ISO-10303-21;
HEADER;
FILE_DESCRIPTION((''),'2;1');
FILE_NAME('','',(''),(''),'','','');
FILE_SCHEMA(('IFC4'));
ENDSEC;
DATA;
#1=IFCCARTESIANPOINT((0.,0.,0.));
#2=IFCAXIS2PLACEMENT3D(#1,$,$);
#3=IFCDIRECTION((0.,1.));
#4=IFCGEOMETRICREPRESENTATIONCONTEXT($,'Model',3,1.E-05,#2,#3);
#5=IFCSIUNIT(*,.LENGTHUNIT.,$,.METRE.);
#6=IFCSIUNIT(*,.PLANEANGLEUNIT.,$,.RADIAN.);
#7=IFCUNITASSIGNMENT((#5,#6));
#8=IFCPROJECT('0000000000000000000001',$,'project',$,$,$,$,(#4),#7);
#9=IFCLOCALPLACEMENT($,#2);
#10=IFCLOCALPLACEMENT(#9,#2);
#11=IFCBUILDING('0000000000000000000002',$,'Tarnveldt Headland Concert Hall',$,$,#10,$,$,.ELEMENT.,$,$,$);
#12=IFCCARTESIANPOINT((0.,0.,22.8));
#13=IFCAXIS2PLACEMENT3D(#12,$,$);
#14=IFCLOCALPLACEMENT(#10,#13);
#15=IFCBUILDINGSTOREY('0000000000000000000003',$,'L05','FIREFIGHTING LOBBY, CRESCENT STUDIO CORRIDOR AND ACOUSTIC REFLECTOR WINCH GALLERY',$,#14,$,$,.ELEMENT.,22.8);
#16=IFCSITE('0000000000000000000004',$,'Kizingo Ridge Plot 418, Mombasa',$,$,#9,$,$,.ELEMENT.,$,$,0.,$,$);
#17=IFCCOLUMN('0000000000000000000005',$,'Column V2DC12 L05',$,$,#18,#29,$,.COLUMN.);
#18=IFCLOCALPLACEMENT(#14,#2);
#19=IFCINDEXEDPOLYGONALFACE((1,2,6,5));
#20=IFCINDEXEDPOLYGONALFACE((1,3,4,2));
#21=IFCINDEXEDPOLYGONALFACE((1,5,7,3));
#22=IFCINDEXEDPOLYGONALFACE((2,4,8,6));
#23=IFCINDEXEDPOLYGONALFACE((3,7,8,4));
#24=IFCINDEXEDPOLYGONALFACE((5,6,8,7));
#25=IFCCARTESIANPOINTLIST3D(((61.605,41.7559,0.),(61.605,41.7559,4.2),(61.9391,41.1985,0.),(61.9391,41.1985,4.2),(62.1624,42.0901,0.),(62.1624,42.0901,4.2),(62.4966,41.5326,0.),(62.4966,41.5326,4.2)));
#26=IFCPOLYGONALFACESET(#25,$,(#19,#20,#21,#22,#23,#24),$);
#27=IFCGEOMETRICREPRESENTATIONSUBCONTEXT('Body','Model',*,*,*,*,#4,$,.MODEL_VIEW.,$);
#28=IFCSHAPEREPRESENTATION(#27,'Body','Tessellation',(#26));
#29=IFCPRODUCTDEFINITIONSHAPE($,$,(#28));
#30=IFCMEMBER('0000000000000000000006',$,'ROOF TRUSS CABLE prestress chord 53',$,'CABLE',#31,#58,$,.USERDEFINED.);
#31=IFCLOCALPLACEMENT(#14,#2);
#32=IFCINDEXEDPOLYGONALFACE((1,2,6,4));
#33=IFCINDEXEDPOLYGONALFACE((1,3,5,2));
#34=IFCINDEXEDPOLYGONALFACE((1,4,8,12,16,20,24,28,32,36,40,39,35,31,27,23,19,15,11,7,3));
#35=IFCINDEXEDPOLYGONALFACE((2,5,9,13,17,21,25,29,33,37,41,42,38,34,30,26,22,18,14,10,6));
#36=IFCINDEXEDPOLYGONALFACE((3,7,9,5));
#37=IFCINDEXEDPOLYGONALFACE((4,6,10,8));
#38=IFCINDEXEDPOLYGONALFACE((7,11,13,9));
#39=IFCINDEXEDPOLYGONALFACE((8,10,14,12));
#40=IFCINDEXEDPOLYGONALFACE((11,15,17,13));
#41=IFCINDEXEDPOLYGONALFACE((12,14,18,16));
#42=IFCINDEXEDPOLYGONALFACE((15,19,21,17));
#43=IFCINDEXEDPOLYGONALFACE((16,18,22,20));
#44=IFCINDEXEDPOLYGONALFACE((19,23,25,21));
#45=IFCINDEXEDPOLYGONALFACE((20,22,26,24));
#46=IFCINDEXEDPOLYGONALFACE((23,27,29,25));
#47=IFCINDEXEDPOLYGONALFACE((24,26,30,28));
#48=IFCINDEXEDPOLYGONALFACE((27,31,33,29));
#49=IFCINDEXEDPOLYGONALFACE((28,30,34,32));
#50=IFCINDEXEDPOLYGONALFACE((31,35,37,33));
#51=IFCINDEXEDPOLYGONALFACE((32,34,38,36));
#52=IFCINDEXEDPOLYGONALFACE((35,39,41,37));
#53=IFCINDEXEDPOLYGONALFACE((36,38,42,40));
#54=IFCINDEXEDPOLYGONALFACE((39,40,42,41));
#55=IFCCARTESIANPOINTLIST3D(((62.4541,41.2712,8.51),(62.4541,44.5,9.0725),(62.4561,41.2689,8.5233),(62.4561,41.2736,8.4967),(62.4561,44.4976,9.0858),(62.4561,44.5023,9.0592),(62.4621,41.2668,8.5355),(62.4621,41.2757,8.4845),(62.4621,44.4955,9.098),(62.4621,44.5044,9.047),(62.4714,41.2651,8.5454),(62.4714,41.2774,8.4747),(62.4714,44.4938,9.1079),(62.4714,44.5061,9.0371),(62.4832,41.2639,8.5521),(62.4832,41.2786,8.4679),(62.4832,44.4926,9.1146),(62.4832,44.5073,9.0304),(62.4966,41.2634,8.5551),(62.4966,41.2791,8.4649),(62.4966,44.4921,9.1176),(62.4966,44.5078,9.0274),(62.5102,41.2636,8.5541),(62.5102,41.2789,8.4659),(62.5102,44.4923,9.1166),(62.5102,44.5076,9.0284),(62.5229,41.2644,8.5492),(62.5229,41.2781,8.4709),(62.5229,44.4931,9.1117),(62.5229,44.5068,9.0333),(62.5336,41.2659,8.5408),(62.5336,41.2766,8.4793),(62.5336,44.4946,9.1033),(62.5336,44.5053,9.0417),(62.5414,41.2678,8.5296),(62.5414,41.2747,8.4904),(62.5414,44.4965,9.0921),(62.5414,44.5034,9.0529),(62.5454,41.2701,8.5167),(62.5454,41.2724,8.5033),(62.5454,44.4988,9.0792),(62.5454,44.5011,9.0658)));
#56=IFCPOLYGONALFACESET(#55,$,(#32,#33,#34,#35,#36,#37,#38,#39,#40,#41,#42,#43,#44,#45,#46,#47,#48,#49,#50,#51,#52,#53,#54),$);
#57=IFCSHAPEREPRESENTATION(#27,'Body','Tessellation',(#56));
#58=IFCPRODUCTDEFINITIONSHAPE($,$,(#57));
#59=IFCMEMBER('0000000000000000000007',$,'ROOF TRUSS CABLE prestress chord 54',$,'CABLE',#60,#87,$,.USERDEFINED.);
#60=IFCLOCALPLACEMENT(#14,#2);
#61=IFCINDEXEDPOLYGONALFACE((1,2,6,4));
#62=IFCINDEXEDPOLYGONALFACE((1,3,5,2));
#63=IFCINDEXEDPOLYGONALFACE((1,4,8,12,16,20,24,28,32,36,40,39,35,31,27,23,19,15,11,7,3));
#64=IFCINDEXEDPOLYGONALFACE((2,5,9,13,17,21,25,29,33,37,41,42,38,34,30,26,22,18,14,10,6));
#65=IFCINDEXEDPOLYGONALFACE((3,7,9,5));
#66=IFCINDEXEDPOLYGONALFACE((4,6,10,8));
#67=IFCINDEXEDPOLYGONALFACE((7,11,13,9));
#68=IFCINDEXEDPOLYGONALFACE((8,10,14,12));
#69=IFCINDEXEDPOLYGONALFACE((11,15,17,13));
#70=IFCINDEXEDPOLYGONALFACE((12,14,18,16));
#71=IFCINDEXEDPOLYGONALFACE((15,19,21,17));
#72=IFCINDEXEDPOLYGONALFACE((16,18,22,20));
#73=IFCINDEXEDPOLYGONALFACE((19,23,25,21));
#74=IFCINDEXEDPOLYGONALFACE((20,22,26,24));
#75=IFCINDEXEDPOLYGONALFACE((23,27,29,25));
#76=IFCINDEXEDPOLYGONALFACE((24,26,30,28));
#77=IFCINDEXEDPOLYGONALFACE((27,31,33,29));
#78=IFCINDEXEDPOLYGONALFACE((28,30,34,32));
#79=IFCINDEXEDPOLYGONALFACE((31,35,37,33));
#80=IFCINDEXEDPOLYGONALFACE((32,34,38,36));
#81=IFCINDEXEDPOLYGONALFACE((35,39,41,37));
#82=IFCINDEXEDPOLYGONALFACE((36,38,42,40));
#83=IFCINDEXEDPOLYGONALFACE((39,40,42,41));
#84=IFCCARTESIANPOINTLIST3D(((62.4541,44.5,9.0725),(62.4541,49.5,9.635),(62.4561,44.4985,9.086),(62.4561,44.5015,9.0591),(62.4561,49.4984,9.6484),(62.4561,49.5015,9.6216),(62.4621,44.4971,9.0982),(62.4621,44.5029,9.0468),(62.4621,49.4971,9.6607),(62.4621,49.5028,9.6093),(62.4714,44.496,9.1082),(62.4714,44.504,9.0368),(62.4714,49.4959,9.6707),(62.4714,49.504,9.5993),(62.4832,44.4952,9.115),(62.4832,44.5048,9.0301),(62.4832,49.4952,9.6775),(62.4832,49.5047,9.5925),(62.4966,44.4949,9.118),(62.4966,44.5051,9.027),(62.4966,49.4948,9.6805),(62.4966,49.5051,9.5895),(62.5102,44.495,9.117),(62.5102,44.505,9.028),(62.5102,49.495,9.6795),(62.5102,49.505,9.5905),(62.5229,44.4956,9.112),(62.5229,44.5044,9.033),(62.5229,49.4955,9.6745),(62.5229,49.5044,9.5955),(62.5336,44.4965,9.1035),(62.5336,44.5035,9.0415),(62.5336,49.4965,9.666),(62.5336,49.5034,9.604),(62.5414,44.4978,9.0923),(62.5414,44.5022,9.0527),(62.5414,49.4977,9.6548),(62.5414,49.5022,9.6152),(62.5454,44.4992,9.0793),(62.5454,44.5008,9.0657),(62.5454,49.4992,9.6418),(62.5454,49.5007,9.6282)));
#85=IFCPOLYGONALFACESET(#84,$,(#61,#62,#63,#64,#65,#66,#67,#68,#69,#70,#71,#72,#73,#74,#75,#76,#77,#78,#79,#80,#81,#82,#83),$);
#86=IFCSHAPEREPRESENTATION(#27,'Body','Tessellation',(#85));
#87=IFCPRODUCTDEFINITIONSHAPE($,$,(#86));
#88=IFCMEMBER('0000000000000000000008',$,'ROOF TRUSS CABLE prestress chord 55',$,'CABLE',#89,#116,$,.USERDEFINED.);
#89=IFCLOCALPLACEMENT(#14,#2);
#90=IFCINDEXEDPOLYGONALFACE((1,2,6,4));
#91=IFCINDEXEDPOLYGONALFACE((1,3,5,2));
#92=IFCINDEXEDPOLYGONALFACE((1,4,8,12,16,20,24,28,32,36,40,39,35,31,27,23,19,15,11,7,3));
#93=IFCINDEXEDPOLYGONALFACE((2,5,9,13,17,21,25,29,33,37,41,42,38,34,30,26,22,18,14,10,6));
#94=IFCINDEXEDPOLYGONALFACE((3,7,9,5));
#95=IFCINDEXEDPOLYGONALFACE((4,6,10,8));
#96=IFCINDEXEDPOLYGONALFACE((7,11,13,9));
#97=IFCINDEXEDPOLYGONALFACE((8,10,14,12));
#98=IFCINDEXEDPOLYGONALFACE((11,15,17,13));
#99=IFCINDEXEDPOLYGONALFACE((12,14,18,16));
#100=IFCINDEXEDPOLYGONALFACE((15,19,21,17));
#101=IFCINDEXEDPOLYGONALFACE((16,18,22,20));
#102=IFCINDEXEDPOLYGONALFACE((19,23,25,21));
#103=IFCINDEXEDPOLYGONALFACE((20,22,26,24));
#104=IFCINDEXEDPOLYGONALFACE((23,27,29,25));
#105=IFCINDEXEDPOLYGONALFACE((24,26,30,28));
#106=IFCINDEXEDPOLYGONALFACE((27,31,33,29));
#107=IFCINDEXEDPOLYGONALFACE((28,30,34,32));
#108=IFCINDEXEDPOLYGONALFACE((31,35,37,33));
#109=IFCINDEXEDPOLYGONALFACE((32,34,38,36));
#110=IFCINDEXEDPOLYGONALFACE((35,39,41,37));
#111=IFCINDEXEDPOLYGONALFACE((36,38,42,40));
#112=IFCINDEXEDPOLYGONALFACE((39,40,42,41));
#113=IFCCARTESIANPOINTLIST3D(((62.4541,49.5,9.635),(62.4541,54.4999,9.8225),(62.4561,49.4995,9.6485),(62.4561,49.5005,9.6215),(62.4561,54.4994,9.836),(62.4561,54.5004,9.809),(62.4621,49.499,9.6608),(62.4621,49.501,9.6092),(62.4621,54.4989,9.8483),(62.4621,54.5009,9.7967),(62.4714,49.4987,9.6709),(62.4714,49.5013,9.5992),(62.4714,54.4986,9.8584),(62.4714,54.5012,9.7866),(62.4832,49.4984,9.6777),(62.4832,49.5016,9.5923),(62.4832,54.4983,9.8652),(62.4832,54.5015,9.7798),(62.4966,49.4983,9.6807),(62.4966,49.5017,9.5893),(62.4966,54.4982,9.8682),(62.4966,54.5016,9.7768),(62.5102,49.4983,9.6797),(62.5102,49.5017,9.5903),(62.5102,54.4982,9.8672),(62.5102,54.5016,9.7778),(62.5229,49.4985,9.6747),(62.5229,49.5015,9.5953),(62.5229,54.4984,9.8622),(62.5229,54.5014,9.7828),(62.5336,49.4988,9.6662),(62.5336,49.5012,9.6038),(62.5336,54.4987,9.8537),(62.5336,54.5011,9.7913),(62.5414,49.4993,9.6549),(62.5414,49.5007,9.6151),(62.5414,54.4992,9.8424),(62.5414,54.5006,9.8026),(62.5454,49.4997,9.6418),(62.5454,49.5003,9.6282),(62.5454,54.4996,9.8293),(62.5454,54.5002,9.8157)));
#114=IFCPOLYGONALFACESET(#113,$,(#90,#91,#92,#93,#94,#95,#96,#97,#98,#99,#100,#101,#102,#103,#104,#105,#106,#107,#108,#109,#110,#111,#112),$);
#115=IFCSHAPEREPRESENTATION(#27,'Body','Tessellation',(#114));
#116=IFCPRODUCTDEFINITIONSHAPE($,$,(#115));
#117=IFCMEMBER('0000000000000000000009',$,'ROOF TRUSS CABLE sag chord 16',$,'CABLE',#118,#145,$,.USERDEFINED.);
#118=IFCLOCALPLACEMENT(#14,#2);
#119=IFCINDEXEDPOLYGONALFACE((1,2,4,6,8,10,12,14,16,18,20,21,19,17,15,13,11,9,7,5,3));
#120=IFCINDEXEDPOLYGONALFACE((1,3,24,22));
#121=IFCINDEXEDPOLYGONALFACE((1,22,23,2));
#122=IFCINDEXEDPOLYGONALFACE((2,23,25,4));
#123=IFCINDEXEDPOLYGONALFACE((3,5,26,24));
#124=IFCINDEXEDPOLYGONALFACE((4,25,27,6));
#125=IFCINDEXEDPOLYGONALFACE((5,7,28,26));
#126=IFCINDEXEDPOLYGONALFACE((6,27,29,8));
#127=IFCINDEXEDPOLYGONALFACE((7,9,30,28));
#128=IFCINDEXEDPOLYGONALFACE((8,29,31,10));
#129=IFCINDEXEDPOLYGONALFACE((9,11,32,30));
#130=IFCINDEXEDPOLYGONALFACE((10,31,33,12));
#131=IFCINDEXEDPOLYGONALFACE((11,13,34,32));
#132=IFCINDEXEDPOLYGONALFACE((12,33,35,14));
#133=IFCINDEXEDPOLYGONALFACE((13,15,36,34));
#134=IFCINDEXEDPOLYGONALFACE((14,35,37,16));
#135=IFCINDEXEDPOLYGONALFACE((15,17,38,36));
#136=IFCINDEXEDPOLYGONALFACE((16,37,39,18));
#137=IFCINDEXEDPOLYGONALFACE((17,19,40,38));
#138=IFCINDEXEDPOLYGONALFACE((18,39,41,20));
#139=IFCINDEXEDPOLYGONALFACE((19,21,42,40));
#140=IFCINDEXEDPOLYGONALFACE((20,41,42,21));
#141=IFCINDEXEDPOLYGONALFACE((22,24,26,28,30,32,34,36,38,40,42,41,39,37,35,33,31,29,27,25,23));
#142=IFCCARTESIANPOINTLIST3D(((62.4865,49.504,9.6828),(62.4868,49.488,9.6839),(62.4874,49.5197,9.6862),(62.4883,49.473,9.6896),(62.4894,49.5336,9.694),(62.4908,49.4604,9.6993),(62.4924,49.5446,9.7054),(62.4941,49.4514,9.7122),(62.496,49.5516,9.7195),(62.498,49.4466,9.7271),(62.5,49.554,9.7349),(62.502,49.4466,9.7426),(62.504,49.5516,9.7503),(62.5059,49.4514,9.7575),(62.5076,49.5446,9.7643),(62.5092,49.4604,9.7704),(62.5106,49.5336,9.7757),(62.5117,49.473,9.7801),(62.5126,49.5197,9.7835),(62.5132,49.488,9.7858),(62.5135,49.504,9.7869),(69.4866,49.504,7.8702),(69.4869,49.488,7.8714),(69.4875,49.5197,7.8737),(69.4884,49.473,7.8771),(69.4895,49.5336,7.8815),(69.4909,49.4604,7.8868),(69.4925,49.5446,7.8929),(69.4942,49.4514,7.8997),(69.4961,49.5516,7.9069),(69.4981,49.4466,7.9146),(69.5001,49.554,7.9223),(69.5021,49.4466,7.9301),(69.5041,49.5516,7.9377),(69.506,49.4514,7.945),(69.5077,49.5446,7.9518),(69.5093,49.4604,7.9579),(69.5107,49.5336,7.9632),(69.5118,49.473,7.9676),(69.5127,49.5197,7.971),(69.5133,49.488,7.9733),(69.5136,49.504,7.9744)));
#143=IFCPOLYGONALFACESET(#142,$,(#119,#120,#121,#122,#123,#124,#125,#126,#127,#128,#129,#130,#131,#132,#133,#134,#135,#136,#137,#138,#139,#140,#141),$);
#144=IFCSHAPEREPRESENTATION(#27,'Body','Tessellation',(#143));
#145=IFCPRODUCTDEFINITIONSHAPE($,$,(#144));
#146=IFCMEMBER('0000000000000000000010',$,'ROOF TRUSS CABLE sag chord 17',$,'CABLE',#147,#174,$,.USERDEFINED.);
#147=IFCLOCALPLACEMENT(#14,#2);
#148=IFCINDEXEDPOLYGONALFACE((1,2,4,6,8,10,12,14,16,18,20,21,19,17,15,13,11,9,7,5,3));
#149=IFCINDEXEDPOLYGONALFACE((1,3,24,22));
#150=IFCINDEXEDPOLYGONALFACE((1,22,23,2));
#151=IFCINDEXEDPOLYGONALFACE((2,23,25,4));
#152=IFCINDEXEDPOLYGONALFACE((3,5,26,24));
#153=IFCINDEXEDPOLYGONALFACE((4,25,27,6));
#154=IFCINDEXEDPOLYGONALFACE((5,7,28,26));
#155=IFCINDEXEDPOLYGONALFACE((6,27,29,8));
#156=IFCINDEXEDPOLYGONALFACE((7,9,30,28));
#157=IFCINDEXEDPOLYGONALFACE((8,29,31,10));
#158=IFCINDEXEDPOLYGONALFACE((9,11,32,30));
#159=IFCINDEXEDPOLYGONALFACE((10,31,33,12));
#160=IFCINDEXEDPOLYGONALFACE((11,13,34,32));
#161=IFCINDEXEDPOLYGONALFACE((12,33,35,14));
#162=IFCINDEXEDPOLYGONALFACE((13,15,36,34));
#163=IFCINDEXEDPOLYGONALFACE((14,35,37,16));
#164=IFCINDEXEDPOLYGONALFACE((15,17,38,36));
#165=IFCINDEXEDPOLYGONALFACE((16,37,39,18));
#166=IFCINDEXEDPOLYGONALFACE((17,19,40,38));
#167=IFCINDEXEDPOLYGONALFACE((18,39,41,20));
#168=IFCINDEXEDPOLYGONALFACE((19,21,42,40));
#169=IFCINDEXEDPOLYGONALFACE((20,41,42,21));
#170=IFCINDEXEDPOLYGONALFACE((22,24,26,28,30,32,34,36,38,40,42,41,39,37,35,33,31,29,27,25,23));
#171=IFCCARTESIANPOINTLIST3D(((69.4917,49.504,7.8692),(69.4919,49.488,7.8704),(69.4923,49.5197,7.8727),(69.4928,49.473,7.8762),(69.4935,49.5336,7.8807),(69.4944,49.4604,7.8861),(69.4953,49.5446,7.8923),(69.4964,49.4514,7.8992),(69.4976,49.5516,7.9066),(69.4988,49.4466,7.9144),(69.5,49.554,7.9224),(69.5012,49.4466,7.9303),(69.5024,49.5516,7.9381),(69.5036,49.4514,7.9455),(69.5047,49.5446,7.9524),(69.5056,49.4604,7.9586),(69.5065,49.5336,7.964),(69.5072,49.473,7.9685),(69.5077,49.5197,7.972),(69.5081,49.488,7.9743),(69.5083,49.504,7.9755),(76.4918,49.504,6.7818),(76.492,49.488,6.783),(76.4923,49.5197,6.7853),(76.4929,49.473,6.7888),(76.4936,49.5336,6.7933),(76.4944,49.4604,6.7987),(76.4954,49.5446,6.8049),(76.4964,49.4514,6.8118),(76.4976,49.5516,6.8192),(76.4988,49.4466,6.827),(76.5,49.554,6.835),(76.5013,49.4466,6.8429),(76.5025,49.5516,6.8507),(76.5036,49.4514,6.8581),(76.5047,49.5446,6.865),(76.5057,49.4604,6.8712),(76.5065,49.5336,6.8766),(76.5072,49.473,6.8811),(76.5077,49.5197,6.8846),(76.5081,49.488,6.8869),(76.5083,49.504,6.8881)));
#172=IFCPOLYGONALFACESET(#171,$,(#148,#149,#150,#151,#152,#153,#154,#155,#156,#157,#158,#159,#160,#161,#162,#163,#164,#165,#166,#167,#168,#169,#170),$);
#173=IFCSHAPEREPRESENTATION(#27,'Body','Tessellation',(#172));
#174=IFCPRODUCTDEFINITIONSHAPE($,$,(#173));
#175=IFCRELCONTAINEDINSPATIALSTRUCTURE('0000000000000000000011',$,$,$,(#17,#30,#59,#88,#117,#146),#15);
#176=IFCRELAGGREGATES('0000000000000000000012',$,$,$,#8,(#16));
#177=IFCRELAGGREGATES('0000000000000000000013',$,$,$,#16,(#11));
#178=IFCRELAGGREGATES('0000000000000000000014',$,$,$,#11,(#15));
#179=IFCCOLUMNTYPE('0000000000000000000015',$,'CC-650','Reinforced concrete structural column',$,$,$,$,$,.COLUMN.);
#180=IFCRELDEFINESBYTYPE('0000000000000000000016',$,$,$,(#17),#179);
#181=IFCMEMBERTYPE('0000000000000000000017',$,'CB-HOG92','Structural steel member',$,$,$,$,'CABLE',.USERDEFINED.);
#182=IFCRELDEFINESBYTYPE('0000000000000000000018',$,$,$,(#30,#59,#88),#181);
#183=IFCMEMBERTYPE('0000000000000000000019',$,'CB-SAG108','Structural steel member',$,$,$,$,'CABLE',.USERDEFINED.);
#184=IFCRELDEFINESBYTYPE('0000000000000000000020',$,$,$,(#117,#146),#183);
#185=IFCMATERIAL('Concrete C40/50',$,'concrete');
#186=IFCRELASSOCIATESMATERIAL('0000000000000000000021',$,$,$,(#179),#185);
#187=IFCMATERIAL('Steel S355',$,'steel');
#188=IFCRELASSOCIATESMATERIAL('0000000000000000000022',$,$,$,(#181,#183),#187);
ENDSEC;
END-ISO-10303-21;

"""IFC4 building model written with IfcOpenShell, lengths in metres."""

from ifc_helpers import new_model, si_unit, direction, frame, origin, origin_2d, place, context, subcontext, project, spatial, rectangle, circle, extrude, material, material_profile, profile_set, type_object, element, save


model = new_model("IFC4")

# Units and contexts
model_context = context("Model", 3, precision=1e-05, world=origin(), true_north=direction((0.0, 1.0)))
body_context = subcontext(model_context, "Body", "Model", "MODEL_VIEW")
ifc_project = project(units=[si_unit("LENGTHUNIT", "METRE"), si_unit("PLANEANGLEUNIT", "RADIAN")], contexts=[model_context])

# Site, building, storey
site_placement = place(None, origin())
site = spatial("IfcSite", under=ifc_project, at=site_placement, Name="Kizingo Ridge Plot 418, Mombasa", CompositionType="ELEMENT", RefElevation=0.0)
building_placement = place(site_placement, origin())
building = spatial("IfcBuilding", under=site, at=building_placement, Name="Tarnveldt Headland Concert Hall", CompositionType="ELEMENT")
storey_placement = place(building_placement, frame((0.0, 0.0, 22.8)))
storey = spatial("IfcBuildingStorey", under=building, at=storey_placement, Name="L05", Description="FIREFIGHTING LOBBY, CRESCENT STUDIO CORRIDOR AND ACOUSTIC REFLECTOR WINCH GALLERY", CompositionType="ELEMENT", Elevation=22.8)

# Column
ifc_material_1 = material(Name="Concrete C40/50", Category="concrete")
ifc_material_profile_1 = material_profile(ifc_material_1, rectangle(XDim=0.6499, YDim=0.6499, at=origin_2d()), Name="RC 650x650", Category="concrete")
ifc_profile_set_1 = profile_set([ifc_material_profile_1], Name="Concrete C40/50")
column_type_1 = type_object("IfcColumnType", Name="CC-650", Description="Reinforced concrete structural column", PredefinedType="COLUMN", material=ifc_profile_set_1)
column_1_placement = place(storey_placement, frame((62.0508, 41.6443, 0.0), z_axis=(0.0, 0.0, 1.0), x_axis=(-0.857706, -0.51414, 0.0)))
element("IfcColumn", 1, at=column_1_placement, inside=storey, type_object=column_type_1, Name="Column V2DC12 L05", PredefinedType="COLUMN", context=body_context, shape_type="SweptSolid", body=[
    extrude(rectangle(XDim=0.6499, YDim=0.6499, at=origin_2d()), origin(), (0.0, 0.0, 1.0), 4.2),
])

# Members
ifc_material_2 = material(Name="Steel S355", Category="steel")
ifc_material_profile_2 = material_profile(ifc_material_2, circle(Radius=0.0459, at=origin_2d()), Name="LC D92", Category="steel")
ifc_profile_set_2 = profile_set([ifc_material_profile_2], Name="Steel S355")
member_type_1 = type_object("IfcMemberType", Name="CB-HOG92", Description="Structural steel member", ElementType="CABLE", PredefinedType="USERDEFINED", material=ifc_profile_set_2)
member_1_placement = place(storey_placement, frame((62.5, 41.2712, 8.51), z_axis=(0.0, 0.985161, 0.17163), x_axis=(-1.0, 0.0, 0.0)))
element("IfcMember", 2, at=member_1_placement, inside=storey, type_object=member_type_1, Name="ROOF TRUSS CABLE prestress chord 53", ObjectType="CABLE", PredefinedType="USERDEFINED", context=body_context, shape_type="SweptSolid", body=[
    extrude(circle(Radius=0.0459, at=origin_2d()), origin(), (0.0, 0.0, 1.0), 3.2773),
])
member_2_placement = place(storey_placement, frame((62.5, 44.5, 9.0725), z_axis=(0.0, 0.993731, 0.111795), x_axis=(-1.0, 0.0, 0.0)))
element("IfcMember", 3, at=member_2_placement, inside=storey, type_object=member_type_1, Name="ROOF TRUSS CABLE prestress chord 54", ObjectType="CABLE", PredefinedType="USERDEFINED", context=body_context, shape_type="SweptSolid", body=[
    extrude(circle(Radius=0.0459, at=origin_2d()), origin(), (0.0, 0.0, 1.0), 5.0315),
])
member_3_placement = place(storey_placement, frame((62.5, 49.5, 9.635), z_axis=(0.0, 0.999298, 0.037474), x_axis=(-1.0, 0.0, 0.0)))
element("IfcMember", 4, at=member_3_placement, inside=storey, type_object=member_type_1, Name="ROOF TRUSS CABLE prestress chord 55", ObjectType="CABLE", PredefinedType="USERDEFINED", context=body_context, shape_type="SweptSolid", body=[
    extrude(circle(Radius=0.0459, at=origin_2d()), origin(), (0.0, 0.0, 1.0), 5.0034),
])
ifc_material_profile_3 = material_profile(ifc_material_2, circle(Radius=0.054, at=origin_2d()), Name="LC D108", Category="steel")
ifc_profile_set_3 = profile_set([ifc_material_profile_3], Name="Steel S355")
member_type_2 = type_object("IfcMemberType", Name="CB-SAG108", Description="Structural steel member", ElementType="CABLE", PredefinedType="USERDEFINED", material=ifc_profile_set_3)
member_4_placement = place(storey_placement, frame((62.5, 49.5, 9.7349), z_axis=(0.968075, 0.0, -0.250662), x_axis=(0.0, 1.0, 0.0)))
element("IfcMember", 5, at=member_4_placement, inside=storey, type_object=member_type_2, Name="ROOF TRUSS CABLE sag chord 16", ObjectType="CABLE", PredefinedType="USERDEFINED", context=body_context, shape_type="SweptSolid", body=[
    extrude(circle(Radius=0.054, at=origin_2d()), origin(), (0.0, 0.0, 1.0), 7.231),
])
member_5_placement = place(storey_placement, frame((69.5, 49.5, 7.9224), z_axis=(0.988148, 0.0, -0.153502), x_axis=(0.0, 1.0, 0.0)))
element("IfcMember", 6, at=member_5_placement, inside=storey, type_object=member_type_2, Name="ROOF TRUSS CABLE sag chord 17", ObjectType="CABLE", PredefinedType="USERDEFINED", context=body_context, shape_type="SweptSolid", body=[
    extrude(circle(Radius=0.054, at=origin_2d()), origin(), (0.0, 0.0, 1.0), 7.084),
])

save(model, "model.ifc")
